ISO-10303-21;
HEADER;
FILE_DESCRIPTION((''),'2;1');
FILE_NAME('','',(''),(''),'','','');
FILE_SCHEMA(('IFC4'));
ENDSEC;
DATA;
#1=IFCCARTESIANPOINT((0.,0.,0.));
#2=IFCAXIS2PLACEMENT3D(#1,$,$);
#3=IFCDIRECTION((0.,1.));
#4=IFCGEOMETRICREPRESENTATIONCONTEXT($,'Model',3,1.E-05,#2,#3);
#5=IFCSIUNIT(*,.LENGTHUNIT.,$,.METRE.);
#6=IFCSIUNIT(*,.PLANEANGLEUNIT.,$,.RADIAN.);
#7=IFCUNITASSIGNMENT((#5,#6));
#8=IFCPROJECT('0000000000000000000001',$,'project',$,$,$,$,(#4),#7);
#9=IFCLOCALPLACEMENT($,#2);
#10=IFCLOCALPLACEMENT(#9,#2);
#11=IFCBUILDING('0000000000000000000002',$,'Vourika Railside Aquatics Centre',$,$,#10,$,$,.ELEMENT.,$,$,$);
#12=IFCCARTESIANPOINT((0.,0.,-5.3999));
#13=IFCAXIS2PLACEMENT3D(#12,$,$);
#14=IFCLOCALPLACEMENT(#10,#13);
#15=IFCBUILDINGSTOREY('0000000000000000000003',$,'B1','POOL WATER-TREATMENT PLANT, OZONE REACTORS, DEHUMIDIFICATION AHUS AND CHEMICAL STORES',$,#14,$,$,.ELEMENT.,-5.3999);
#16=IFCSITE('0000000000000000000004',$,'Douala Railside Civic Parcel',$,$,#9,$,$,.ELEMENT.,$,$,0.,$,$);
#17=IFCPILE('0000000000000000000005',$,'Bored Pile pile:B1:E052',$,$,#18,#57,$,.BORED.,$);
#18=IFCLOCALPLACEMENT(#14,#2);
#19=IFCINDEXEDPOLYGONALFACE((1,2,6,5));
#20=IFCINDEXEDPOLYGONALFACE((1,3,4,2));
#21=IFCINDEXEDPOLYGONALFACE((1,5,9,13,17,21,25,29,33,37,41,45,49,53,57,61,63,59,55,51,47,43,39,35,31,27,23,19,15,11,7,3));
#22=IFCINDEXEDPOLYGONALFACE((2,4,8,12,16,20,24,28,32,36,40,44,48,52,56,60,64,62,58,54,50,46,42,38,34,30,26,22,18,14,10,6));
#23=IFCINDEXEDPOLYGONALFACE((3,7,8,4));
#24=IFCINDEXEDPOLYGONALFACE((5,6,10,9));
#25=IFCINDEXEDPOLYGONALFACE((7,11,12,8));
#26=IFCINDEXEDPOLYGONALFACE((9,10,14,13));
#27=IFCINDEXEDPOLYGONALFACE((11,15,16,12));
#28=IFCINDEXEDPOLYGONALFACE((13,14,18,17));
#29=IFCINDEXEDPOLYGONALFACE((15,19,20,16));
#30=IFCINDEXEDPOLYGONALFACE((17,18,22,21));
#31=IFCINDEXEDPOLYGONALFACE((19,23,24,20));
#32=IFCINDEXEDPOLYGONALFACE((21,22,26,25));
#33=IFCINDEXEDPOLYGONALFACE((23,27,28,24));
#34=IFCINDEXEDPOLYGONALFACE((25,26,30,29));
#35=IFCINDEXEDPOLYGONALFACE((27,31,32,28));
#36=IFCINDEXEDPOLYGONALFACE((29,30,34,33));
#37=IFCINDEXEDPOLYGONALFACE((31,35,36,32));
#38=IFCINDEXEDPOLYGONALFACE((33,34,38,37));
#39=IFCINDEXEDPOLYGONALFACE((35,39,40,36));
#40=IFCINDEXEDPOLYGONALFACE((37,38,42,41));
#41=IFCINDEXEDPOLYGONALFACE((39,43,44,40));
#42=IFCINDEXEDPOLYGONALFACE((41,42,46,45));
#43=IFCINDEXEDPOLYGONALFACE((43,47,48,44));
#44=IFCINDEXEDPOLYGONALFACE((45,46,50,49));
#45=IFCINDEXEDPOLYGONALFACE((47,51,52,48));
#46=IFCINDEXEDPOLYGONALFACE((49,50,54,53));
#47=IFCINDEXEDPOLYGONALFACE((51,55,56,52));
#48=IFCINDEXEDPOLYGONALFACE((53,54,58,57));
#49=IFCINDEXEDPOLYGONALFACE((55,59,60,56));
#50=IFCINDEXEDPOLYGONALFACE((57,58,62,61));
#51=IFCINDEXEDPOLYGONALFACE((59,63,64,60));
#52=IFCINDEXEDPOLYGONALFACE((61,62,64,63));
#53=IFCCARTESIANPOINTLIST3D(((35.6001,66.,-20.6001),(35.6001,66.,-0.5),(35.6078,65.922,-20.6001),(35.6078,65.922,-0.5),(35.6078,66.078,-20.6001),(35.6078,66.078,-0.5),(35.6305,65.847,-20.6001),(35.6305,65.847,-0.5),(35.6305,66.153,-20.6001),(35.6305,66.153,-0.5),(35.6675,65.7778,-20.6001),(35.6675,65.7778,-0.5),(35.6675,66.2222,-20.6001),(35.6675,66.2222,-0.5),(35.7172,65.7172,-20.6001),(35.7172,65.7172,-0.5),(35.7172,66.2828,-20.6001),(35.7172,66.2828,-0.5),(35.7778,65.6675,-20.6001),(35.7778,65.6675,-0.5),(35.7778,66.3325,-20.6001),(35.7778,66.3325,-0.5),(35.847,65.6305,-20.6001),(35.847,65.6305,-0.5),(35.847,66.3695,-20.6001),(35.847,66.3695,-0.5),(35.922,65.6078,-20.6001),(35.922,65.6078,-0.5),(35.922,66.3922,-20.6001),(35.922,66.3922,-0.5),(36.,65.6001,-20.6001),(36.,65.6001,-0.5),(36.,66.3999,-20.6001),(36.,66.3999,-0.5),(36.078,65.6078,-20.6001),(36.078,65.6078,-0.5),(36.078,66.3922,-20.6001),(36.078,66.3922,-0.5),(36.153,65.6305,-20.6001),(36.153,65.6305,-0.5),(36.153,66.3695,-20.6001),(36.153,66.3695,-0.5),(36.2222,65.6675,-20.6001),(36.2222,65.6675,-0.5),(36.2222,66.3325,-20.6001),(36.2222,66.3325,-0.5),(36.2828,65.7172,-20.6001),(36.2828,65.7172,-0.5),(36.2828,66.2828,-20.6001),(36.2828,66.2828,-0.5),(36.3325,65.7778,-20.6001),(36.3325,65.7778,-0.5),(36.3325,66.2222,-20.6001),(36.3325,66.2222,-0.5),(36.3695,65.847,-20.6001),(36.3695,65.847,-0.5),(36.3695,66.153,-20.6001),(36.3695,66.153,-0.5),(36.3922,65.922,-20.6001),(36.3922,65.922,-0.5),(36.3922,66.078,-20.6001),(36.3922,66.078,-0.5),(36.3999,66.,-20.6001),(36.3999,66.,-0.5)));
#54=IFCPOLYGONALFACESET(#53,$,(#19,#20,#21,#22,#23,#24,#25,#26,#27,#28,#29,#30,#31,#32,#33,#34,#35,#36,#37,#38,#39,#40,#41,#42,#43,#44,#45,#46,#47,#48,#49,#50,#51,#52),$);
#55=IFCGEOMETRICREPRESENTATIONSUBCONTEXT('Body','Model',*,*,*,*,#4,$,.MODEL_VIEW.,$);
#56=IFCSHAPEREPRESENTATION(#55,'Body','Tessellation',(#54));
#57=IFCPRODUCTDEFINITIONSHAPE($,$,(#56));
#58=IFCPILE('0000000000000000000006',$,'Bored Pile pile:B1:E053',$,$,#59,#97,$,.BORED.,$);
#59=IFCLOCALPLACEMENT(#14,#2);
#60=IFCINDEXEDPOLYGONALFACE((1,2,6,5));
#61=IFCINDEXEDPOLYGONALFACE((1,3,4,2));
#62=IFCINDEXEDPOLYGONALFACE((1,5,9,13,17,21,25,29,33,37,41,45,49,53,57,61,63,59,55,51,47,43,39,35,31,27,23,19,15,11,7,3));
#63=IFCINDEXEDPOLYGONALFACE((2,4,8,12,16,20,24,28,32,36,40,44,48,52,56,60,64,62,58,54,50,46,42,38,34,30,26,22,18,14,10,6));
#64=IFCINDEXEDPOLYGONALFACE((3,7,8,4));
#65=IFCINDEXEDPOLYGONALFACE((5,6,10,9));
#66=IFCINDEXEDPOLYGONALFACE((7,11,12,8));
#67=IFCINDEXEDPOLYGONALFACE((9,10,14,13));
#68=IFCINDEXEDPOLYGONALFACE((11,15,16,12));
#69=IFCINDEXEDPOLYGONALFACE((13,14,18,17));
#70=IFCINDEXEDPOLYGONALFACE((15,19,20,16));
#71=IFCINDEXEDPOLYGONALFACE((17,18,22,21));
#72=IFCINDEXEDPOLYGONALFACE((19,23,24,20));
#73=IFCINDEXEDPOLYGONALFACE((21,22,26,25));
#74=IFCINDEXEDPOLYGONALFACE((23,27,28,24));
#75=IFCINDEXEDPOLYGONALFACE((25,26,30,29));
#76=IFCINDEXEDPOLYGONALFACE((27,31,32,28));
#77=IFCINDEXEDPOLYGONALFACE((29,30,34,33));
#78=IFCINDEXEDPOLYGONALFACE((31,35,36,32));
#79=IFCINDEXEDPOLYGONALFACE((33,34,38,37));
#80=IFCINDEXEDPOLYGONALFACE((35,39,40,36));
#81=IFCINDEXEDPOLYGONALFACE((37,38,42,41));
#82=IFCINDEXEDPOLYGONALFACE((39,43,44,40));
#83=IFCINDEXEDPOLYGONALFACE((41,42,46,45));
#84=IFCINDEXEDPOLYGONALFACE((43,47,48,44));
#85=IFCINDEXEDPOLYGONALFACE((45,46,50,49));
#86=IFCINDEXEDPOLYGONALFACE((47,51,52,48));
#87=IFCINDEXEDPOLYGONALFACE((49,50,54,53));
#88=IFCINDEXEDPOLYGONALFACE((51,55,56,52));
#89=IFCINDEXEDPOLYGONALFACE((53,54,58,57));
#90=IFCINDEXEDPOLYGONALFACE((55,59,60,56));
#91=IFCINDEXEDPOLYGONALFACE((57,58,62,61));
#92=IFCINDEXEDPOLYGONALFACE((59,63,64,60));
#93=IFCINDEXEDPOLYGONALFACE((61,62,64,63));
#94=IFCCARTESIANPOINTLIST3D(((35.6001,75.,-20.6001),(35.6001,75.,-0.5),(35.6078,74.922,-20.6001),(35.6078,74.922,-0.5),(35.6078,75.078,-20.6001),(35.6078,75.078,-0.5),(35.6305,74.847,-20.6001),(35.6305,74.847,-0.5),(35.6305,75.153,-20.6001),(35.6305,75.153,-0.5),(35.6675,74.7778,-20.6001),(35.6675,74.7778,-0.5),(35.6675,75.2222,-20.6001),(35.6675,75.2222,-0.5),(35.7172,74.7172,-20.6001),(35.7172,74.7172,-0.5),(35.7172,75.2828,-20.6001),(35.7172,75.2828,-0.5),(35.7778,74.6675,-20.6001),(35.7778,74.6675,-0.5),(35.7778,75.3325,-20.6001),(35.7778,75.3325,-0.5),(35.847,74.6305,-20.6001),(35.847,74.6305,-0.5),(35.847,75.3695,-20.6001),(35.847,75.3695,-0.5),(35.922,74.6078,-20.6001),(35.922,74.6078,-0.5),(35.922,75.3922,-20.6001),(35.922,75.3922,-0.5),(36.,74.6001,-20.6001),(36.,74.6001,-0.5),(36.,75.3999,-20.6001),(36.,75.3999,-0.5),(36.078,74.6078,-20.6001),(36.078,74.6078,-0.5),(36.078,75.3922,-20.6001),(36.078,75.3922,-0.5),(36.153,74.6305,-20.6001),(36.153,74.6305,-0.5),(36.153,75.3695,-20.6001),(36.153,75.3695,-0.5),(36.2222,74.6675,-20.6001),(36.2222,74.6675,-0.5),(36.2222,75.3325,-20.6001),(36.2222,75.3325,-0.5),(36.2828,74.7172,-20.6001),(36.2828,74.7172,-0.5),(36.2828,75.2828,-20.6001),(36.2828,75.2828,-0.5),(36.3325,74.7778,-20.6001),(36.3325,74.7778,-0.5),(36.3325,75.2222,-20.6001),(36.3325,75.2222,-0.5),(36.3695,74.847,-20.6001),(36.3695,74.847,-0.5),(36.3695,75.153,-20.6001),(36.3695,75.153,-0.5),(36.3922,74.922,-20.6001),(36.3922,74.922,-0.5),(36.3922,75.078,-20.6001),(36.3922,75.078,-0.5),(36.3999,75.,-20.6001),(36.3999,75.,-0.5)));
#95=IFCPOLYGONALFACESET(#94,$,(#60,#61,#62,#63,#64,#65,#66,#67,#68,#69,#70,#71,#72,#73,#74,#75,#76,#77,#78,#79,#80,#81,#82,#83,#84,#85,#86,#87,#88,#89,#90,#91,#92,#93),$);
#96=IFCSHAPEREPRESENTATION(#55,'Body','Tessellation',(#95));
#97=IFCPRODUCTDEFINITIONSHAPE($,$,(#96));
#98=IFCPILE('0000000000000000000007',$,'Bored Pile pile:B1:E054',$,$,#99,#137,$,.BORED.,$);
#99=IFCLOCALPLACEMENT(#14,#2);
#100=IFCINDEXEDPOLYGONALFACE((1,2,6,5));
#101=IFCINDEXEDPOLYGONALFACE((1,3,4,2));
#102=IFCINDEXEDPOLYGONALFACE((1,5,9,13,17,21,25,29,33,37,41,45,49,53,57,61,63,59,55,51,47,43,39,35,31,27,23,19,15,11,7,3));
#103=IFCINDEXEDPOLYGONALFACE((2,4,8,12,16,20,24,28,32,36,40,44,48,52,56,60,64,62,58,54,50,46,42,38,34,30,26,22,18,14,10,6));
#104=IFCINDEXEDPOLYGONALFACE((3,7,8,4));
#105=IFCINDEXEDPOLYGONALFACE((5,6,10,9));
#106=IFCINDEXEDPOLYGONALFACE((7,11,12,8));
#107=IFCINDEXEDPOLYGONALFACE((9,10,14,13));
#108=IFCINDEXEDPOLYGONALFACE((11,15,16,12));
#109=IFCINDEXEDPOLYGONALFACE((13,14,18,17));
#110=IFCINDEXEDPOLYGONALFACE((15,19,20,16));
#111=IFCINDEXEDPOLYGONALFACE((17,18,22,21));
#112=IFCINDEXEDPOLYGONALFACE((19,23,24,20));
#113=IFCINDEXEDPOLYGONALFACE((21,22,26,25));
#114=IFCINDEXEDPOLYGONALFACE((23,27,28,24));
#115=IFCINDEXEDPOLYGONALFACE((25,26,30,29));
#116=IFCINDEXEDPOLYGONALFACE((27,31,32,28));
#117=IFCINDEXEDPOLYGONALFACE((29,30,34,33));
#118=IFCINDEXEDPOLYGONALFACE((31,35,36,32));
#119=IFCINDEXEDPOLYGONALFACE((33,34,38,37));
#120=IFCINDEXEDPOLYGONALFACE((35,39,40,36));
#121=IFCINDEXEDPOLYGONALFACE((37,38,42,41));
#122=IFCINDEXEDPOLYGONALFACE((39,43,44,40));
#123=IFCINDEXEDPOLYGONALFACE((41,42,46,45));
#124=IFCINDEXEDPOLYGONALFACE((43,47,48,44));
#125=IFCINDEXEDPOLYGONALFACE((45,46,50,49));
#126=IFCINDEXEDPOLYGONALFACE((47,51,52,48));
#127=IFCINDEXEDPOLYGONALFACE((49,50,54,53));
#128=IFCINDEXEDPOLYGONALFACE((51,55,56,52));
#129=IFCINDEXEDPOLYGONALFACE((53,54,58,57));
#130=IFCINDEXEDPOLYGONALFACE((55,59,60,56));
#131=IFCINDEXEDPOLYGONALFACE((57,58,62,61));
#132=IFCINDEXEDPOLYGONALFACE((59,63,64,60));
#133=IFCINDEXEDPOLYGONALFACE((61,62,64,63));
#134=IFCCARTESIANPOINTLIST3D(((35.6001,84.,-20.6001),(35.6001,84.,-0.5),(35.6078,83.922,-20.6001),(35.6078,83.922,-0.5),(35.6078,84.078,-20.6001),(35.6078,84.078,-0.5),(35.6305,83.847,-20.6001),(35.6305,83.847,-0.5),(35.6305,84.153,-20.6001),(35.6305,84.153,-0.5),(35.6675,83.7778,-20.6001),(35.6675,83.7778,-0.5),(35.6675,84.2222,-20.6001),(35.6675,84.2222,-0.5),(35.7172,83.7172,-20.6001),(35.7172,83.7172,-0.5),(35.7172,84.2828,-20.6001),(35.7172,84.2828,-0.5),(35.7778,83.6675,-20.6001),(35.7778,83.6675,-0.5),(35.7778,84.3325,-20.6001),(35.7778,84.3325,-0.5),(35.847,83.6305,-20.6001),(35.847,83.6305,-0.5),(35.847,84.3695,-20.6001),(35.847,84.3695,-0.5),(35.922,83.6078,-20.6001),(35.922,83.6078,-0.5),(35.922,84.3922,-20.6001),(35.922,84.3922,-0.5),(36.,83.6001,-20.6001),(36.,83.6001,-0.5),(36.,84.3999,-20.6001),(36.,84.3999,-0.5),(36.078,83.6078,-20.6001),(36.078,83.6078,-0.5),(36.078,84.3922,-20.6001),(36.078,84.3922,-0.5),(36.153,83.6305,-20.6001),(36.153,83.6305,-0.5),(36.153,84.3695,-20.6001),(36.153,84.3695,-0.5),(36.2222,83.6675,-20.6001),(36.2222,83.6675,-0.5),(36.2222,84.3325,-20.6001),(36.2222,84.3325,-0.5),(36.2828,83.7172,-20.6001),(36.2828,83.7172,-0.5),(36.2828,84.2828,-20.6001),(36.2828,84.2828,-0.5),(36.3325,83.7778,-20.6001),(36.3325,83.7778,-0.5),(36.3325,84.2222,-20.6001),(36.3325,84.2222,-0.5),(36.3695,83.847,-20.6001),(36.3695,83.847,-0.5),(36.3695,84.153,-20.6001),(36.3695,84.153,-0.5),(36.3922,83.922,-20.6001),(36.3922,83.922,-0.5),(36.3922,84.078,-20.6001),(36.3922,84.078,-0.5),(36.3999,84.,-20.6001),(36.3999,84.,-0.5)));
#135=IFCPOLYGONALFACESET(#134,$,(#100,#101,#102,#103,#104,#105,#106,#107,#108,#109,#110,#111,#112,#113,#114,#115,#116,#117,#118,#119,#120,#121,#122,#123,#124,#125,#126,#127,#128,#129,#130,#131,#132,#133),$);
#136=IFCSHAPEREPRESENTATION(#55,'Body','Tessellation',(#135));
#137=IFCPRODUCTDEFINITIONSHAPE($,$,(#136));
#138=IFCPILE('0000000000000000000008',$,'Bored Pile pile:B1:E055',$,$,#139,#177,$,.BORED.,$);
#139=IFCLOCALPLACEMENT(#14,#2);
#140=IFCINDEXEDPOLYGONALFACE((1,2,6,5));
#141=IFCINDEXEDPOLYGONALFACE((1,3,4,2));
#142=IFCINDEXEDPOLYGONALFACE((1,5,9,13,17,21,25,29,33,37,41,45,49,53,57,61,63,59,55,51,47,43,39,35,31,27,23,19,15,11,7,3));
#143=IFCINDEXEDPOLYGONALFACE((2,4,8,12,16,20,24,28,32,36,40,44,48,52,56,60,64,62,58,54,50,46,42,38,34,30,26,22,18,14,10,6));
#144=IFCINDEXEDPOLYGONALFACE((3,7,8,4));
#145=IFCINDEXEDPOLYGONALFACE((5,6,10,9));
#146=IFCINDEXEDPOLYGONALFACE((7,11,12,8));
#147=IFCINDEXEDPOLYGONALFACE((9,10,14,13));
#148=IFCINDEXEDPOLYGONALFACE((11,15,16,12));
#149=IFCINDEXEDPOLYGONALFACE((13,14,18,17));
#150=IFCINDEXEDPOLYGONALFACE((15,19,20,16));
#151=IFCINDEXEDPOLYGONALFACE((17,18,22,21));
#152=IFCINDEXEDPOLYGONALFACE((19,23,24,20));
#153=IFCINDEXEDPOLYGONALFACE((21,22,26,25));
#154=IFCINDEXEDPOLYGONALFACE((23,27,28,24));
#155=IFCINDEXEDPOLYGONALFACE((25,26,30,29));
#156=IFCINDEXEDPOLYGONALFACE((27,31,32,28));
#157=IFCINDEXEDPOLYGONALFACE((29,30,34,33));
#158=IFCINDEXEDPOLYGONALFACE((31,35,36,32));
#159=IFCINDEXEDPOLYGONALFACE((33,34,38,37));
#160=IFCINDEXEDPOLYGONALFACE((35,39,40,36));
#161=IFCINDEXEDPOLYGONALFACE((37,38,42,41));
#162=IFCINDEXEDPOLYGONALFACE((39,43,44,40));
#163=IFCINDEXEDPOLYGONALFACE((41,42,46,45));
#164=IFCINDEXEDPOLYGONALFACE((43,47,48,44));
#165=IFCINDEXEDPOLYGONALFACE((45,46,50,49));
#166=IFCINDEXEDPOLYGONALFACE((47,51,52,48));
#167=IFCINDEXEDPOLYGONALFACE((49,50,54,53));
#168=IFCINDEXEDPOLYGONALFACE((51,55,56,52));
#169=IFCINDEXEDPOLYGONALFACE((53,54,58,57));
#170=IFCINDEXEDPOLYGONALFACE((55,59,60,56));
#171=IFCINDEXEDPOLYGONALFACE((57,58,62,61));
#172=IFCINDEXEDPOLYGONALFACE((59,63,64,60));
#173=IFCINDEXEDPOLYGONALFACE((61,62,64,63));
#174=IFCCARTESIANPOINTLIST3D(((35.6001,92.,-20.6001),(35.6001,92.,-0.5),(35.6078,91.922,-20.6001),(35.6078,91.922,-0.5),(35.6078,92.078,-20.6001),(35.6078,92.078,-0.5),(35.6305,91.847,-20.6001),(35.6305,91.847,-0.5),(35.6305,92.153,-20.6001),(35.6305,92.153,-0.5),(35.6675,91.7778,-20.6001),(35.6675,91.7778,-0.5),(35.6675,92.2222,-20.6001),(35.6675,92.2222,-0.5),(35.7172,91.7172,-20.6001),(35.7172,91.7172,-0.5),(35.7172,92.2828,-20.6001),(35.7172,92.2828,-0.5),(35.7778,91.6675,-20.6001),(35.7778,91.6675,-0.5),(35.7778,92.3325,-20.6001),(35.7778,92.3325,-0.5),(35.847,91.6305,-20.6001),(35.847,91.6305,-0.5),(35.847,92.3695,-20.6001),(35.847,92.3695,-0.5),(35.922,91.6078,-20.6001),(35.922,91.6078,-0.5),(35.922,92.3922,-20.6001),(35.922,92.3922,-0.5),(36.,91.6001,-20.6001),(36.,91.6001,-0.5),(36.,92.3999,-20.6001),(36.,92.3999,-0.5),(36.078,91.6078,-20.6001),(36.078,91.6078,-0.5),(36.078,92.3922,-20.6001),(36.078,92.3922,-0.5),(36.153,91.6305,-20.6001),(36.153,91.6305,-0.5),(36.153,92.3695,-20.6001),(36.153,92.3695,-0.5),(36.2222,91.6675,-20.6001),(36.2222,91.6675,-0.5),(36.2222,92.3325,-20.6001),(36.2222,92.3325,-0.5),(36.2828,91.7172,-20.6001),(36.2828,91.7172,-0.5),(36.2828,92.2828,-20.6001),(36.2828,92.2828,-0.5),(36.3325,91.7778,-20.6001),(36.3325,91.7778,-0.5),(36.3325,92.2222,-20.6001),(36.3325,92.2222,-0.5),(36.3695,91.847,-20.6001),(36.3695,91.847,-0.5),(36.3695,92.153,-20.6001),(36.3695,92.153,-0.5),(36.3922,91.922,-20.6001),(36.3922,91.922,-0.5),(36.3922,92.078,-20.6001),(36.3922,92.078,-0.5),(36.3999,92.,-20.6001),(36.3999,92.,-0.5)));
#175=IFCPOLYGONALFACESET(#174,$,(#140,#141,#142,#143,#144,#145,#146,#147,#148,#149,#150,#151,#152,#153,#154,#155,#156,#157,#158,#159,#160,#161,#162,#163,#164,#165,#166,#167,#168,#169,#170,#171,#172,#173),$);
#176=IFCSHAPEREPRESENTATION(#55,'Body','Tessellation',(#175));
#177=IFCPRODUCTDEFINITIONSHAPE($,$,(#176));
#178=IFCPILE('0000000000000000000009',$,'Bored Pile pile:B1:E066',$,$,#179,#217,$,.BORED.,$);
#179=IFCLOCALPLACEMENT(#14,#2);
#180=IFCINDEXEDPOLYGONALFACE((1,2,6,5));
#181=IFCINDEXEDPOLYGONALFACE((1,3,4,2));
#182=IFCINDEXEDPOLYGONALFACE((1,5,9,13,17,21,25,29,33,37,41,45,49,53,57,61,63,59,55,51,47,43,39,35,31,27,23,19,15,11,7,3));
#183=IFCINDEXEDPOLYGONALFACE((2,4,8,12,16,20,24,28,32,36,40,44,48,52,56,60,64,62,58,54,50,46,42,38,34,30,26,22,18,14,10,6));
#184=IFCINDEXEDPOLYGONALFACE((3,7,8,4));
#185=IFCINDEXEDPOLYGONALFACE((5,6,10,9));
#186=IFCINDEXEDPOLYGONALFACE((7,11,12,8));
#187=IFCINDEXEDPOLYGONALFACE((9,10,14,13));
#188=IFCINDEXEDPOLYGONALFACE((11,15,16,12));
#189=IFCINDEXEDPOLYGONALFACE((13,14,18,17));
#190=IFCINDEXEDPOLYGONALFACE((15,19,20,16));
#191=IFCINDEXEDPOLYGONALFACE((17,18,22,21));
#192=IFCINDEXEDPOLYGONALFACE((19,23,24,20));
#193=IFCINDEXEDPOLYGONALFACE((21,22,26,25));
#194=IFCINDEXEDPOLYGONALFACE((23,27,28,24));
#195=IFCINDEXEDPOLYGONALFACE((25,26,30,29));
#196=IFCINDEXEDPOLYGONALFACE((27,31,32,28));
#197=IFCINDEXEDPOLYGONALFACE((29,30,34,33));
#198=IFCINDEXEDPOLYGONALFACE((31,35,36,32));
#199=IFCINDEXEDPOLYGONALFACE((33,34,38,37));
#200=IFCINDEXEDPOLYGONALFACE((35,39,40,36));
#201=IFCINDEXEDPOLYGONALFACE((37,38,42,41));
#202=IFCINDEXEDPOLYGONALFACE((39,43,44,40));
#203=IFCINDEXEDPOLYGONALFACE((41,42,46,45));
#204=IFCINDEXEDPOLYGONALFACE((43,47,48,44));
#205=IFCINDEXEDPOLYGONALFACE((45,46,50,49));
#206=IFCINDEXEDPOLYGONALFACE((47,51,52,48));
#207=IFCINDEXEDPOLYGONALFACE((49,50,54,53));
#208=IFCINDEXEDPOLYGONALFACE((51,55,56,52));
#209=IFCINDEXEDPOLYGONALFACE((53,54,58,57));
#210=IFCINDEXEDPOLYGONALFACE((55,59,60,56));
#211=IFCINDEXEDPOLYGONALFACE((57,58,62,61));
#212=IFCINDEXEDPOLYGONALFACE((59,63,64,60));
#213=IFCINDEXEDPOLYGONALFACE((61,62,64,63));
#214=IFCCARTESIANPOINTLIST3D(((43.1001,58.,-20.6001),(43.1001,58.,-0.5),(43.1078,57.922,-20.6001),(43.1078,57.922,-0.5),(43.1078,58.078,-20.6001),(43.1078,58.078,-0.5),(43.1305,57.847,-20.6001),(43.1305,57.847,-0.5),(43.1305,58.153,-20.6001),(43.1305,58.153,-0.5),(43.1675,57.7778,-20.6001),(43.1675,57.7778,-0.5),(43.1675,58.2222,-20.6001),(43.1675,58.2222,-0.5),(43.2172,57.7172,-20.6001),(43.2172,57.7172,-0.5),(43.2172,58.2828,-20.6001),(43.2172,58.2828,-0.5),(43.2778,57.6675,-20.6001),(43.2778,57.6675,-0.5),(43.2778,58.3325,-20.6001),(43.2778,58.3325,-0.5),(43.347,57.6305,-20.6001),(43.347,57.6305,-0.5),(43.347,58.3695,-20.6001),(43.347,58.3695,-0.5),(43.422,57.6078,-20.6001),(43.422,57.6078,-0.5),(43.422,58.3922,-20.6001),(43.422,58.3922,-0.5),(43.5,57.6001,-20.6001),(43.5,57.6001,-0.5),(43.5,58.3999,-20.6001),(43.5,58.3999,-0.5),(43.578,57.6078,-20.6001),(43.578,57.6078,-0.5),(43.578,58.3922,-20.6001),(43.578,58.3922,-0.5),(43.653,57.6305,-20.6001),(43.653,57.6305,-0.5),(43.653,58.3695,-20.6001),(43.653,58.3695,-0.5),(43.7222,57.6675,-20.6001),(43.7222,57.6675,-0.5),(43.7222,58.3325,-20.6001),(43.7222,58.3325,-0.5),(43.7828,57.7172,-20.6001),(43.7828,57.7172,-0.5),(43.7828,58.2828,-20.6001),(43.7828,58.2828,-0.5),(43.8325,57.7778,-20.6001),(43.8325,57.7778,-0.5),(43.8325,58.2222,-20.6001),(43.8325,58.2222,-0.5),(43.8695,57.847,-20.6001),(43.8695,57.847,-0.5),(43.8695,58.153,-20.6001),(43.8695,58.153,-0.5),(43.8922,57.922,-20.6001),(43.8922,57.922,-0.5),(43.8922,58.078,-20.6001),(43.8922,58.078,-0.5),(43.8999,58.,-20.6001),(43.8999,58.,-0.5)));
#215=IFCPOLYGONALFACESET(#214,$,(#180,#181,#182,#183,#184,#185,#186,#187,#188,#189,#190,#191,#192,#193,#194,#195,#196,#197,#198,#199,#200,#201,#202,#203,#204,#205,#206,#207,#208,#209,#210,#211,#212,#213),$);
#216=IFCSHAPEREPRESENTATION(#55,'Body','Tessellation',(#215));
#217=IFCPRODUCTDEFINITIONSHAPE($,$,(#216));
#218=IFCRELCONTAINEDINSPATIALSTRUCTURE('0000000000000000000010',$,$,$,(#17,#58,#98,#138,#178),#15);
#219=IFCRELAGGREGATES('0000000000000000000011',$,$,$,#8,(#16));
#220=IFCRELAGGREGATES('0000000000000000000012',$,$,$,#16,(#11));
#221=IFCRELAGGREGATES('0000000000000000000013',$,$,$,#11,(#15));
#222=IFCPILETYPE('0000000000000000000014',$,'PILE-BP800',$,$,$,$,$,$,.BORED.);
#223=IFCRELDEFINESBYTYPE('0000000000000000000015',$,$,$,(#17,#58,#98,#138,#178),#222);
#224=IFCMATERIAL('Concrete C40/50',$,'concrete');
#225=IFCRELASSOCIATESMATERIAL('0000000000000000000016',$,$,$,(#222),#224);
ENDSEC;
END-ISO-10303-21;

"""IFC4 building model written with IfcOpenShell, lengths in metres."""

from ifc_helpers import new_model, si_unit, direction, frame, origin, origin_2d, place, context, subcontext, project, spatial, circle, extrude, material, material_profile, profile_set, type_object, element, save


model = new_model("IFC4")

# Units and contexts
model_context = context("Model", 3, precision=1e-05, world=origin(), true_north=direction((0.0, 1.0)))
body_context = subcontext(model_context, "Body", "Model", "MODEL_VIEW")
ifc_project = project(units=[si_unit("LENGTHUNIT", "METRE"), si_unit("PLANEANGLEUNIT", "RADIAN")], contexts=[model_context])

# Site, building, storey
site_placement = place(None, origin())
site = spatial("IfcSite", under=ifc_project, at=site_placement, Name="Douala Railside Civic Parcel", CompositionType="ELEMENT", RefElevation=0.0)
building_placement = place(site_placement, origin())
building = spatial("IfcBuilding", under=site, at=building_placement, Name="Vourika Railside Aquatics Centre", CompositionType="ELEMENT")
storey_placement = place(building_placement, frame((0.0, 0.0, -5.3999)))
storey = spatial("IfcBuildingStorey", under=building, at=storey_placement, Name="B1", Description="POOL WATER-TREATMENT PLANT, OZONE REACTORS, DEHUMIDIFICATION AHUS AND CHEMICAL STORES", CompositionType="ELEMENT", Elevation=-5.3999)

# Shared definitions
ifc_material_1 = material(Name="Concrete C40/50", Category="concrete")

# Piles
ifc_material_profile_1 = material_profile(ifc_material_1, circle(Radius=0.3999, at=origin_2d()), Name="BP 800")
ifc_profile_set_1 = profile_set([ifc_material_profile_1], Name="Concrete C40/50")
pile_type_1 = type_object("IfcPileType", Name="PILE-BP800", PredefinedType="BORED", material=ifc_profile_set_1)
for number, where, z_axis, x_axis, name in (
    (1, (36.0, 66.0, -0.5), (0.0, 0.0, -1.0), (1.0, 0.0, 0.0), "Bored Pile pile:B1:E052"),
    (2, (36.0, 75.0, -0.5), (0.0, 0.0, -1.0), (1.0, 0.0, 0.0), "Bored Pile pile:B1:E053"),
    (3, (36.0, 84.0, -0.5), (0.0, 0.0, -1.0), (1.0, 0.0, 0.0), "Bored Pile pile:B1:E054"),
    (4, (36.0, 92.0, -0.5), (0.0, 0.0, -1.0), (1.0, 0.0, 0.0), "Bored Pile pile:B1:E055"),
    (5, (43.5, 58.0, -0.5), (0.0, 0.0, -1.0), (1.0, 0.0, 0.0), "Bored Pile pile:B1:E066"),
):
    element("IfcPile", number, at=place(storey_placement, frame(where, z_axis=z_axis, x_axis=x_axis)), inside=storey, type_object=pile_type_1, Name=name, PredefinedType="BORED", context=body_context, shape_type="SweptSolid", body=[
        extrude(circle(Radius=0.3999, at=origin_2d()), origin(), (0.0, 0.0, 1.0), 20.1001),
    ])

save(model, "model.ifc")
